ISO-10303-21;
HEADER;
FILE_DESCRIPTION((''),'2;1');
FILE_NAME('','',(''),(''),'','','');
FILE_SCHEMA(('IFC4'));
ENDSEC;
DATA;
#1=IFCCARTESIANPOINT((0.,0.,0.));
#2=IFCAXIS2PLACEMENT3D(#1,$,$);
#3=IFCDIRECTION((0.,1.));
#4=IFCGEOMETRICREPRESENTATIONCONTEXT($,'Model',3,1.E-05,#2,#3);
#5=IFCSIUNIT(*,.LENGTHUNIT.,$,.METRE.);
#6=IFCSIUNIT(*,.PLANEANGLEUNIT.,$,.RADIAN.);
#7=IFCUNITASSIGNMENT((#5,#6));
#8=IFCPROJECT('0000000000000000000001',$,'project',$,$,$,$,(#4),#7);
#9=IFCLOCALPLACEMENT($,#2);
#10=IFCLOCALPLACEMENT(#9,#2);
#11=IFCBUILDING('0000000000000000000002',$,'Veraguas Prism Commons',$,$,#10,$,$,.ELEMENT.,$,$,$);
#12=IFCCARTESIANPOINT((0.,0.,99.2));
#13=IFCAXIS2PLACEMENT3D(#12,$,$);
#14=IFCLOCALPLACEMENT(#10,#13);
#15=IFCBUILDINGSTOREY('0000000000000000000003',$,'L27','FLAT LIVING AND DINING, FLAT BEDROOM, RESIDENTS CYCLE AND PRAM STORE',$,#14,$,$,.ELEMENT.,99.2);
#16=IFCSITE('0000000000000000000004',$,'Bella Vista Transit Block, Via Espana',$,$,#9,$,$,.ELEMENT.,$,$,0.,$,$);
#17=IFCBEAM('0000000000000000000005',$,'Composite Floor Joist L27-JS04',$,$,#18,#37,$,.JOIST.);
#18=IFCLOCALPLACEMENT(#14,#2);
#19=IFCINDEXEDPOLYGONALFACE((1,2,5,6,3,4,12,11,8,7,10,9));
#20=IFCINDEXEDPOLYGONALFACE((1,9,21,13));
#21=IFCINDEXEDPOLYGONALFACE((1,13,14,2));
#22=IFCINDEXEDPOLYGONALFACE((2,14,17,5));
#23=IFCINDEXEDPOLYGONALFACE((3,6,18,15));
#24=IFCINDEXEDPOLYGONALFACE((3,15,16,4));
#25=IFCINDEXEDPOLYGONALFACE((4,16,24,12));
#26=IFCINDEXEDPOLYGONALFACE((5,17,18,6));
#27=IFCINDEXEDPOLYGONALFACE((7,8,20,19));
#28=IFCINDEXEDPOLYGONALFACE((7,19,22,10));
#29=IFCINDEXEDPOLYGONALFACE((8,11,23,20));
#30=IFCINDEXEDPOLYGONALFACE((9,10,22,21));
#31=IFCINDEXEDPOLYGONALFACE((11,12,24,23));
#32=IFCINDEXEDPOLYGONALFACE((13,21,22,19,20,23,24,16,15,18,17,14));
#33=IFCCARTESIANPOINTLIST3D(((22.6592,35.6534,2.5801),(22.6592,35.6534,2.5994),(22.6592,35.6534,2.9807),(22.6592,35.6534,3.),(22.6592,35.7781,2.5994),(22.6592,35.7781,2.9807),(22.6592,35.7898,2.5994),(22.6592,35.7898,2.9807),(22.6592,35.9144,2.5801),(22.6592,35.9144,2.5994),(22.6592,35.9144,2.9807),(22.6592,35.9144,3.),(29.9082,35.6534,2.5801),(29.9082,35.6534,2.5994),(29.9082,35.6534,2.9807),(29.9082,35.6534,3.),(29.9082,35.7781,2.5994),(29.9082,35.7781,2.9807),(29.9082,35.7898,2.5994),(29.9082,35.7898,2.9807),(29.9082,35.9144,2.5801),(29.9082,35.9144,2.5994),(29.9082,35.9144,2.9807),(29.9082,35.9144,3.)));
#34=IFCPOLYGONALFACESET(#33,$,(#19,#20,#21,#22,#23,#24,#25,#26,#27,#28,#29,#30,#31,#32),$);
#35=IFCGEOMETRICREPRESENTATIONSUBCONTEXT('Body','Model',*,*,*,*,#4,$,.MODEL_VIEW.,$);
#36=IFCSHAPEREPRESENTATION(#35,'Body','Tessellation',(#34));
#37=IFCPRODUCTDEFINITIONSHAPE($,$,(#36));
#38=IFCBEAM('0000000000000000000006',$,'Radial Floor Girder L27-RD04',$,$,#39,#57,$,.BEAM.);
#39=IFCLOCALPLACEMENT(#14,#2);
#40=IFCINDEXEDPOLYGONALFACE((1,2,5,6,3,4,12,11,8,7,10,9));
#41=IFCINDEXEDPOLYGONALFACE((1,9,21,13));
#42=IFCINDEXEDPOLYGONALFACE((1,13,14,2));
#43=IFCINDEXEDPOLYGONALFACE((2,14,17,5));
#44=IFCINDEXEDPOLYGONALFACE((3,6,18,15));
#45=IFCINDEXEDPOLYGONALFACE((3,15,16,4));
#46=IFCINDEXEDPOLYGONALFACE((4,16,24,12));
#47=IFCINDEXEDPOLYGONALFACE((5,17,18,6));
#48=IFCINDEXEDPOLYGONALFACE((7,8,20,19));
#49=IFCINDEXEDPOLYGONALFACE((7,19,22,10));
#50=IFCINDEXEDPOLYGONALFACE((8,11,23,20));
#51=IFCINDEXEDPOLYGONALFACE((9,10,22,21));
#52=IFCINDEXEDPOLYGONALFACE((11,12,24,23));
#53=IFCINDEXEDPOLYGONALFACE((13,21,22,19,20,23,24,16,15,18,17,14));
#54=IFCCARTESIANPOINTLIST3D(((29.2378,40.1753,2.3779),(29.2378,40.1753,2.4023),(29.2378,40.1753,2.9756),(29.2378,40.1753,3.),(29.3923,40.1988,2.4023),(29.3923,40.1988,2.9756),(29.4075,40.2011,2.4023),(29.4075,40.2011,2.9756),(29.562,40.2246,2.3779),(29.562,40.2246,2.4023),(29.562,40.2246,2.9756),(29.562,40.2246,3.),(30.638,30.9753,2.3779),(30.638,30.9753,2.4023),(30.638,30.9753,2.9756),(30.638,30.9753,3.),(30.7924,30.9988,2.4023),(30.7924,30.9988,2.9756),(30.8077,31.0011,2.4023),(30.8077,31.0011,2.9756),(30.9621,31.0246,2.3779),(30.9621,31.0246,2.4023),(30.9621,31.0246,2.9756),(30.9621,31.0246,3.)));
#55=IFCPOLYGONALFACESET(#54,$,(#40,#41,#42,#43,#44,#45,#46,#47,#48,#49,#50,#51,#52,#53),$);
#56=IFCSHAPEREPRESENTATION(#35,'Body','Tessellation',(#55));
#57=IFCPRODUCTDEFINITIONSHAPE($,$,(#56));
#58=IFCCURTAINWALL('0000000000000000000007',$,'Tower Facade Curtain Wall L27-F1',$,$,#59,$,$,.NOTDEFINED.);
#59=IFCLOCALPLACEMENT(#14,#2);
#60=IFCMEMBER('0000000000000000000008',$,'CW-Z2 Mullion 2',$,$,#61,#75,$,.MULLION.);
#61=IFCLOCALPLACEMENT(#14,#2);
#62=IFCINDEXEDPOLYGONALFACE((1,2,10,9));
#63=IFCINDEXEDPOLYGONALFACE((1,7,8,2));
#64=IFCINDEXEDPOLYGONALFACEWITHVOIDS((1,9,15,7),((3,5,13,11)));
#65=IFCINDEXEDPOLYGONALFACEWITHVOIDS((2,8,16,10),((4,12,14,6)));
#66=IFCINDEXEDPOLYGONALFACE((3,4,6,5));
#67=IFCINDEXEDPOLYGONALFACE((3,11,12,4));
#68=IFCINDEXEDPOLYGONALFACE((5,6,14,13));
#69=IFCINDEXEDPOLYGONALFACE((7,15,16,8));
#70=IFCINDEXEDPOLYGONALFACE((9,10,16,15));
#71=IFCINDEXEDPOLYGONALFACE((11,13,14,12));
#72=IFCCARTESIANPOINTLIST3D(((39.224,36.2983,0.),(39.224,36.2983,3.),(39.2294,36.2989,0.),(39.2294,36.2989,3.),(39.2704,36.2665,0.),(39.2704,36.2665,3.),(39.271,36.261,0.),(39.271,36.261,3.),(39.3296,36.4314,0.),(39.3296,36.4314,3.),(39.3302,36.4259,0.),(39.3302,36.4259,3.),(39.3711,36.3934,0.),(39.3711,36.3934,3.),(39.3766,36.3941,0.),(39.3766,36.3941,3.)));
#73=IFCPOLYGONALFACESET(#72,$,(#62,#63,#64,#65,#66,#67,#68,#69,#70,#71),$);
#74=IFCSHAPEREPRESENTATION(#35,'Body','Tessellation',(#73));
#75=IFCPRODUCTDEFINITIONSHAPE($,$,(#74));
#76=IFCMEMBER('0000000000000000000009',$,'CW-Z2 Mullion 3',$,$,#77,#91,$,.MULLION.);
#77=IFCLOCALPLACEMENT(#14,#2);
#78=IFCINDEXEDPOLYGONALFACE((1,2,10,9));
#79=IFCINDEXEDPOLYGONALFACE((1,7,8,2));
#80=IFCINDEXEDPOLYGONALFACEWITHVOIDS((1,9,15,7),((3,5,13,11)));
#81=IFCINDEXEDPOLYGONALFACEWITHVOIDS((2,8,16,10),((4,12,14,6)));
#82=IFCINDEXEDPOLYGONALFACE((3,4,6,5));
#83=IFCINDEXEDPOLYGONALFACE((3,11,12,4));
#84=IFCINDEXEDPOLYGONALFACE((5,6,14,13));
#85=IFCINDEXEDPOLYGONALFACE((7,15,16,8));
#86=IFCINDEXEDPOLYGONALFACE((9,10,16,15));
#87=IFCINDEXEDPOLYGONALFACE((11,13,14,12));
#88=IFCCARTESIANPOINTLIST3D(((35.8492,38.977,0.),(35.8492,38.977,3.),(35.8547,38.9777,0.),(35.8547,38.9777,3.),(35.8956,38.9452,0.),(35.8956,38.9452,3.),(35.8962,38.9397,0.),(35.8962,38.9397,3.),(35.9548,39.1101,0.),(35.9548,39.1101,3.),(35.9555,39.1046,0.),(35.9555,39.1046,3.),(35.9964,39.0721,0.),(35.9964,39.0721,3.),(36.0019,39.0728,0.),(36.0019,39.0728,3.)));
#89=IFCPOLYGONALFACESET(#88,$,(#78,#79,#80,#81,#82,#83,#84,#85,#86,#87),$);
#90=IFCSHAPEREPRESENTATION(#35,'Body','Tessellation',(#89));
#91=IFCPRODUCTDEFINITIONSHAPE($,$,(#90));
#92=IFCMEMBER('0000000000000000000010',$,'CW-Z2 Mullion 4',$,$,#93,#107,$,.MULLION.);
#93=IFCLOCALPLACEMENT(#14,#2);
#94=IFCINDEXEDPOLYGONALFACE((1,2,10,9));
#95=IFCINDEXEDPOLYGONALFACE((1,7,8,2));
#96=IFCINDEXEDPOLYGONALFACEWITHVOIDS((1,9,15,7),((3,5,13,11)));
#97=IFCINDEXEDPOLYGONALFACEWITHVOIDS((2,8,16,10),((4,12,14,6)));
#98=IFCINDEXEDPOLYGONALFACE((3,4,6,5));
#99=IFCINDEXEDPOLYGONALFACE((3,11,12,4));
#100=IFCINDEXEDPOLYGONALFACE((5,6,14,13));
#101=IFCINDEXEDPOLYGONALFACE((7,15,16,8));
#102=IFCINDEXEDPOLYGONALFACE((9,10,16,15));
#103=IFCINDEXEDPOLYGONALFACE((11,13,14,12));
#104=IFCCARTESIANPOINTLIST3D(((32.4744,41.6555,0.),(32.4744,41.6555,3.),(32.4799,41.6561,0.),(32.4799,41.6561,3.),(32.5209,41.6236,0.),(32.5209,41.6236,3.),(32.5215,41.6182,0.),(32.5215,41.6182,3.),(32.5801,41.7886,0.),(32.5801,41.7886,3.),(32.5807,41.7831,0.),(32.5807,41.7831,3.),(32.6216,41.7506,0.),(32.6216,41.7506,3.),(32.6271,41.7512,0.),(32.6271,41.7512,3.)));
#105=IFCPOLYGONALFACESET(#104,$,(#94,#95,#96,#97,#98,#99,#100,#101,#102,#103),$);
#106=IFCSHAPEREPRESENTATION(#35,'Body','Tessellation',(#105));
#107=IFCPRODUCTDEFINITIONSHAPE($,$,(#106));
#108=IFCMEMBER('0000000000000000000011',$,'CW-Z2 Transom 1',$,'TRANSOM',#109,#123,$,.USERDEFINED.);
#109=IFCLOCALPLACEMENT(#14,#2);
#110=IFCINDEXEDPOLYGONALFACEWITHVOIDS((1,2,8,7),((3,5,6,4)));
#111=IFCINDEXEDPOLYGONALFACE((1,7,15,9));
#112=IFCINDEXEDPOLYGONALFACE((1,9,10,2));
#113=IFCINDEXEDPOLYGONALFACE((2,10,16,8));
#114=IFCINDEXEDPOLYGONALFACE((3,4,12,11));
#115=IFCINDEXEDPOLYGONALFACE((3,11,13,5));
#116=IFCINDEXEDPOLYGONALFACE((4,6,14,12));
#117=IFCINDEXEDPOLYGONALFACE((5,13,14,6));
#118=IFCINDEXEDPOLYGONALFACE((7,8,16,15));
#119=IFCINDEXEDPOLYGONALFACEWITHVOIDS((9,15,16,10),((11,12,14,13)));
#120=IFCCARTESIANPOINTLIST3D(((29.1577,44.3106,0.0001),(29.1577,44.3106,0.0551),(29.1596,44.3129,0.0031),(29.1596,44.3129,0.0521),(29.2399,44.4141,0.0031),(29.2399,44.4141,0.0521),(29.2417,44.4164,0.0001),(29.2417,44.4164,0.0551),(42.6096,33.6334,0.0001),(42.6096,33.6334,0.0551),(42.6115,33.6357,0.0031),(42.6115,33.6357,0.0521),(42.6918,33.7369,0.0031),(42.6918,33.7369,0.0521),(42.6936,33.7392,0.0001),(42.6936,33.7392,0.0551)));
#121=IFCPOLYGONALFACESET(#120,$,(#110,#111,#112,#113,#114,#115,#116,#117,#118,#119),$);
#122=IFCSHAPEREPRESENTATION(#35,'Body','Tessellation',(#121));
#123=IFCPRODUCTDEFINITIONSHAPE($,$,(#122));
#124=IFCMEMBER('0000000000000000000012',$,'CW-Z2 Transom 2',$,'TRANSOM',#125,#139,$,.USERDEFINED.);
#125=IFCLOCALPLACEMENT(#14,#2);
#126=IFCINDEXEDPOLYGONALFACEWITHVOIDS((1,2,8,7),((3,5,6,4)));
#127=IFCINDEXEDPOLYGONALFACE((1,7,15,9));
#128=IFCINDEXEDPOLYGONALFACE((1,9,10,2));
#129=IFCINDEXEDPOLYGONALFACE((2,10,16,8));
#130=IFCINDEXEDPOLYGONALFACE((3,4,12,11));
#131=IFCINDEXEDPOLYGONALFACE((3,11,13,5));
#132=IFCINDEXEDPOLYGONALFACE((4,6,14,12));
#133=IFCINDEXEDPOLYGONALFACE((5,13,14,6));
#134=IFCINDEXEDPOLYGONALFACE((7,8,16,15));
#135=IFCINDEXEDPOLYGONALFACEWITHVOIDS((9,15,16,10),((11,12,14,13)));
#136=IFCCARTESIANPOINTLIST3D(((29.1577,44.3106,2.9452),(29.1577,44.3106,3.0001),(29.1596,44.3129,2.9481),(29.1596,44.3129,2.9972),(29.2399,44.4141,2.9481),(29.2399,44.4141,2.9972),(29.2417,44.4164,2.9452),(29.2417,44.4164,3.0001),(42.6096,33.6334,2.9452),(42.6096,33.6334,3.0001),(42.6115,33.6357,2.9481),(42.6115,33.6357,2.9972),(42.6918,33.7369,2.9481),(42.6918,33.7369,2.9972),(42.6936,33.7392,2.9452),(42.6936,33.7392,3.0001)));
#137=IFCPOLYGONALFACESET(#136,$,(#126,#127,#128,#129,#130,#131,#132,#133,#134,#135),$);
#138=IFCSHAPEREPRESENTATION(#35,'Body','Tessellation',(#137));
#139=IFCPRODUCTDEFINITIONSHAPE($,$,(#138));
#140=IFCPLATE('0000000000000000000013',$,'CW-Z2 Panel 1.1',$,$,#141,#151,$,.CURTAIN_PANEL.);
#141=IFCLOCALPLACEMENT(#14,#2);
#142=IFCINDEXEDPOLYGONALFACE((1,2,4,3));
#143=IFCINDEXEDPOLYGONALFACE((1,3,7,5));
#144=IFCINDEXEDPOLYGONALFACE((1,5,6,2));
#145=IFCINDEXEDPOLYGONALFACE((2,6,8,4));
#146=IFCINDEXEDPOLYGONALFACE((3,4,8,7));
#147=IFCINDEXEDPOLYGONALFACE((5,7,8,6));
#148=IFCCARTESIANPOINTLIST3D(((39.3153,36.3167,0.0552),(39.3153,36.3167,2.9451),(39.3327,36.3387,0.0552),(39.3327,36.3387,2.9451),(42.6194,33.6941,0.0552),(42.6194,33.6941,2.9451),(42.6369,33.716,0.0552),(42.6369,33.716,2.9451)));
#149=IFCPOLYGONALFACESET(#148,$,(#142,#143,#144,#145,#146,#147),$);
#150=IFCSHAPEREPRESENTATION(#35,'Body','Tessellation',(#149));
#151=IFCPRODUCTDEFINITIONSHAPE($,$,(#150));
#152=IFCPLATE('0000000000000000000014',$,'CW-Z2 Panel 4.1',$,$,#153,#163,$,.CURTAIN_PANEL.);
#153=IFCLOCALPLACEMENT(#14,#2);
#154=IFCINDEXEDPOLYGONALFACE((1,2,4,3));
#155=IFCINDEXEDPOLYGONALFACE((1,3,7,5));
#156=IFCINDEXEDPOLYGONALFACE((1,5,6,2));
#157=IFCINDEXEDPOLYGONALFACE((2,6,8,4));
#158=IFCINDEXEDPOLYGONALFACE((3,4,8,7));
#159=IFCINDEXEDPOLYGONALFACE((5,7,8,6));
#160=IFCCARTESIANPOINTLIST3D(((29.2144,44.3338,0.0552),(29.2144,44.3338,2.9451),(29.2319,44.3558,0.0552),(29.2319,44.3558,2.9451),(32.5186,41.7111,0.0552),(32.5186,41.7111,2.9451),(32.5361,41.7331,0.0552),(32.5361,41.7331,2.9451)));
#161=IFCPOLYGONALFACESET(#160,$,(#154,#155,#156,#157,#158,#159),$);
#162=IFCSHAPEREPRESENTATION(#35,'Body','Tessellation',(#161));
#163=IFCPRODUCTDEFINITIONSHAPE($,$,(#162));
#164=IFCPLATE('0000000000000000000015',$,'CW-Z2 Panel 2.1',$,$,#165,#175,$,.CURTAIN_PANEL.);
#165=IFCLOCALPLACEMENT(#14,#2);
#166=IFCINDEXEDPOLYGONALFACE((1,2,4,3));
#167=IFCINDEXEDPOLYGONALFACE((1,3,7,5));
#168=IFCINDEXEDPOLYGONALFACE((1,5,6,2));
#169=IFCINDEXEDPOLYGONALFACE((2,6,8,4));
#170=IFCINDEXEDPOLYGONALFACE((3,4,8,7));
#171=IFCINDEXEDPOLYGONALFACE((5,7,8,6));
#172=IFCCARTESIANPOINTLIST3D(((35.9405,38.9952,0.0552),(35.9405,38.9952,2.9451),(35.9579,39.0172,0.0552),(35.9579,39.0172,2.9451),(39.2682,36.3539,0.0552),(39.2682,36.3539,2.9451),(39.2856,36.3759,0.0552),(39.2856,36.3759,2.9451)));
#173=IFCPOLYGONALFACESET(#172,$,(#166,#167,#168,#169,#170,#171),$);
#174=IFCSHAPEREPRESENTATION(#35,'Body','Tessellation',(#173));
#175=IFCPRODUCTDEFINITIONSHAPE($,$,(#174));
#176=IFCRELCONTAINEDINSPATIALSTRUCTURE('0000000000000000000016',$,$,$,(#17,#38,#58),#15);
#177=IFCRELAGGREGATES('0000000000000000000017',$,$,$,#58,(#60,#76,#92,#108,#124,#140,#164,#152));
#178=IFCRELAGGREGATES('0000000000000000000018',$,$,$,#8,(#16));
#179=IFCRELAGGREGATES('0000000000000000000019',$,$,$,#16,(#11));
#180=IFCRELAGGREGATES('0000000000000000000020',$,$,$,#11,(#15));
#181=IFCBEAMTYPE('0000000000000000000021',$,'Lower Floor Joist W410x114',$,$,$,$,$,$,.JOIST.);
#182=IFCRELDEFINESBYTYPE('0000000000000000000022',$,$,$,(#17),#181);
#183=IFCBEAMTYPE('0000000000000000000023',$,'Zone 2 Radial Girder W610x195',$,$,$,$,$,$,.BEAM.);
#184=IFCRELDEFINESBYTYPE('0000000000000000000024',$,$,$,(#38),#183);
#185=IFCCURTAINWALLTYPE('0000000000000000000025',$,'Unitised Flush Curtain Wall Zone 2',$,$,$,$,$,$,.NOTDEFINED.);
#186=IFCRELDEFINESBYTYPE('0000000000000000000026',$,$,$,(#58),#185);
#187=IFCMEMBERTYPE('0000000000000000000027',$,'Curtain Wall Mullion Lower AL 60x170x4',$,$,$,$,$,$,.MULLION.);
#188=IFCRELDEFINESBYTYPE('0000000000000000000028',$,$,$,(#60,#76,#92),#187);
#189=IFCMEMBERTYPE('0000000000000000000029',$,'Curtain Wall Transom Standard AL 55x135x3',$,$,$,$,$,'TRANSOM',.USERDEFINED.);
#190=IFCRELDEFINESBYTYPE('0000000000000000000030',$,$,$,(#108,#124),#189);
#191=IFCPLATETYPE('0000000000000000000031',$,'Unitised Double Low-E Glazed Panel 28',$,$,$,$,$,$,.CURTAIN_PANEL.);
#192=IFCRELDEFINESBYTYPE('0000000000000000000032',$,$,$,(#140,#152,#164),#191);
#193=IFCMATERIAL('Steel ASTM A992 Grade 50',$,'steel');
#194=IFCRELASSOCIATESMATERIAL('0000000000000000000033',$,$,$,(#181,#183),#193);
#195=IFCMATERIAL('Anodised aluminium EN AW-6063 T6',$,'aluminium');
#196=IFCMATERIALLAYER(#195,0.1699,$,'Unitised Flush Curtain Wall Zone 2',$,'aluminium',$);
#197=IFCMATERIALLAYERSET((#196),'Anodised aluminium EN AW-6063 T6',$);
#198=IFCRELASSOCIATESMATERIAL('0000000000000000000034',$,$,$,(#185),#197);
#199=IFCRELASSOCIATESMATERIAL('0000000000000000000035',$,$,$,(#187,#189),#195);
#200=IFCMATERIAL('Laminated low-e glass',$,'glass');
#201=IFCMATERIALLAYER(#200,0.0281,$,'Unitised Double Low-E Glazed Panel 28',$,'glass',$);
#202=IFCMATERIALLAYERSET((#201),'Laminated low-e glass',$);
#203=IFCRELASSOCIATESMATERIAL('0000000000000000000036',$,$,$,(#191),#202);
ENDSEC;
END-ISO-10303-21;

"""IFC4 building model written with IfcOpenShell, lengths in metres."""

from ifc_helpers import new_model, si_unit, direction, frame, origin, origin_2d, place, context, subcontext, project, spatial, rectangle, hollow_rectangle, i_section, extrude, source, transform, mapped, material, layer, layer_set, material_profile, profile_set, type_object, element, aggregate, save


model = new_model("IFC4")

# Units and contexts
model_context = context("Model", 3, precision=1e-05, world=origin(), true_north=direction((0.0, 1.0)))
body_context = subcontext(model_context, "Body", "Model", "MODEL_VIEW")
ifc_project = project(units=[si_unit("LENGTHUNIT", "METRE"), si_unit("PLANEANGLEUNIT", "RADIAN")], contexts=[model_context])

# Site, building, storey
site_placement = place(None, origin())
site = spatial("IfcSite", under=ifc_project, at=site_placement, Name="Bella Vista Transit Block, Via Espana", CompositionType="ELEMENT", RefElevation=0.0)
building_placement = place(site_placement, origin())
building = spatial("IfcBuilding", under=site, at=building_placement, Name="Veraguas Prism Commons", CompositionType="ELEMENT")
storey_placement = place(building_placement, frame((0.0, 0.0, 99.2)))
storey = spatial("IfcBuildingStorey", under=building, at=storey_placement, Name="L27", Description="FLAT LIVING AND DINING, FLAT BEDROOM, RESIDENTS CYCLE AND PRAM STORE", CompositionType="ELEMENT", Elevation=99.2)

# Beams
ifc_material_1 = material(Name="Steel ASTM A992 Grade 50", Category="steel")
ifc_material_profile_1 = material_profile(ifc_material_1, i_section(OverallWidth=0.261, OverallDepth=0.4199, WebThickness=0.0117, FlangeThickness=0.0193, at=origin_2d()), Name="W410X114")
ifc_profile_set_1 = profile_set([ifc_material_profile_1], Name="Steel ASTM A992 Grade 50")
beam_type_1 = type_object("IfcBeamType", Name="Lower Floor Joist W410x114", PredefinedType="JOIST", material=ifc_profile_set_1)
beam_1_placement = place(storey_placement, frame((29.9082, 35.7839, 2.79), z_axis=(-1.0, 0.0, 0.0), x_axis=(0.0, -1.0, 0.0)))
element("IfcBeam", 1, at=beam_1_placement, inside=storey, type_object=beam_type_1, Name="Composite Floor Joist L27-JS04", PredefinedType="JOIST", context=body_context, shape_type="SweptSolid", body=[
    extrude(i_section(OverallWidth=0.261, OverallDepth=0.4199, WebThickness=0.0117, FlangeThickness=0.0193, at=origin_2d()), origin(), (0.0, 0.0, 1.0), 7.249),
])
ifc_material_profile_2 = material_profile(ifc_material_1, i_section(OverallWidth=0.3279, OverallDepth=0.6221, WebThickness=0.0154, FlangeThickness=0.0244, at=origin_2d()), Name="W610X195")
ifc_profile_set_2 = profile_set([ifc_material_profile_2], Name="Steel ASTM A992 Grade 50")
beam_type_2 = type_object("IfcBeamType", Name="Zone 2 Radial Girder W610x195", PredefinedType="BEAM", material=ifc_profile_set_2)
beam_2_placement = place(storey_placement, frame((29.3999, 40.2, 2.689), z_axis=(0.150458, -0.988616, 0.0), x_axis=(0.988616, 0.150458, 0.0)))
element("IfcBeam", 2, at=beam_2_placement, inside=storey, type_object=beam_type_2, Name="Radial Floor Girder L27-RD04", PredefinedType="BEAM", context=body_context, shape_type="SweptSolid", body=[
    extrude(i_section(OverallWidth=0.3279, OverallDepth=0.6221, WebThickness=0.0154, FlangeThickness=0.0244, at=origin_2d()), origin(), (0.0, 0.0, 1.0), 9.3059),
])

# Curtain wall, members, plates
ifc_material_2 = material(Name="Anodised aluminium EN AW-6063 T6", Category="aluminium")
ifc_layer_1 = layer(ifc_material_2, 0.1699, Name="Unitised Flush Curtain Wall Zone 2", Category="aluminium")
ifc_layer_set_1 = layer_set([ifc_layer_1], Name="Anodised aluminium EN AW-6063 T6")
curtain_wall_type = type_object("IfcCurtainWallType", Name="Unitised Flush Curtain Wall Zone 2", PredefinedType="NOTDEFINED", material=ifc_layer_set_1)
curtain_wall_placement = place(storey_placement, origin())
curtain_wall = element("IfcCurtainWall", 3, at=curtain_wall_placement, inside=storey, type_object=curtain_wall_type, Name="Tower Facade Curtain Wall L27-F1", PredefinedType="NOTDEFINED")
ifc_material_profile_3 = material_profile(ifc_material_2, hollow_rectangle(XDim=0.0601, YDim=0.1699, WallThickness=0.0039, at=origin_2d()), Name="AL60X170X4")
ifc_profile_set_3 = profile_set([ifc_material_profile_3], Name="Anodised aluminium EN AW-6063 T6")
member_type_1 = type_object("IfcMemberType", Name="Curtain Wall Mullion Lower AL 60x170x4", PredefinedType="MULLION", material=ifc_profile_set_3)
shared_shape_1 = source(origin(), body_context, "Body", "SweptSolid", [
    extrude(hollow_rectangle(XDim=0.0601, YDim=0.1699, WallThickness=0.0039, at=origin_2d()), origin(), (0.0, 0.0, 1.0), 3.0),
])
member_1_placement = place(storey_placement, frame((39.3003, 36.3462, 0.0), z_axis=(0.0, 0.0, 1.0), x_axis=(-0.783261, 0.621693, 0.0)))
member_1 = element("IfcMember", 4, at=member_1_placement, type_object=member_type_1, Name="CW-Z2 Mullion 2", PredefinedType="MULLION", context=body_context, shape_type="MappedRepresentation", body=[
    mapped(shared_shape_1, transform((0.0, 0.0, 0.0), scale=1.0)),
])
member_2_placement = place(storey_placement, frame((35.9255, 39.0249, 0.0), z_axis=(0.0, 0.0, 1.0), x_axis=(-0.783261, 0.621693, 0.0)))
member_2 = element("IfcMember", 5, at=member_2_placement, type_object=member_type_1, Name="CW-Z2 Mullion 3", PredefinedType="MULLION", context=body_context, shape_type="MappedRepresentation", body=[
    mapped(shared_shape_1, transform((0.0, 0.0, 0.0), scale=1.0)),
])
member_3_placement = place(storey_placement, frame((32.5508, 41.7034, 0.0), z_axis=(0.0, 0.0, 1.0), x_axis=(-0.783261, 0.621693, 0.0)))
member_3 = element("IfcMember", 6, at=member_3_placement, type_object=member_type_1, Name="CW-Z2 Mullion 4", PredefinedType="MULLION", context=body_context, shape_type="MappedRepresentation", body=[
    mapped(shared_shape_1, transform((0.0, 0.0, 0.0), scale=1.0)),
])
ifc_material_profile_4 = material_profile(ifc_material_2, hollow_rectangle(XDim=0.0549, YDim=0.135, WallThickness=0.0029, at=origin_2d()), Name="AL55X135X3")
ifc_profile_set_4 = profile_set([ifc_material_profile_4], Name="Anodised aluminium EN AW-6063 T6")
member_type_2 = type_object("IfcMemberType", Name="Curtain Wall Transom Standard AL 55x135x3", ElementType="TRANSOM", PredefinedType="USERDEFINED", material=ifc_profile_set_4)
shared_shape_2 = source(origin(), body_context, "Body", "SweptSolid", [
    extrude(hollow_rectangle(XDim=0.0549, YDim=0.135, WallThickness=0.0029, at=origin_2d()), origin(), (0.0, 0.0, 1.0), 17.1743),
])
member_4_placement = place(storey_placement, frame((42.6516, 33.6863, 0.0276), z_axis=(-0.783257, 0.621698, 0.0), x_axis=(0.0, 0.0, 1.0)))
member_4 = element("IfcMember", 7, at=member_4_placement, type_object=member_type_2, Name="CW-Z2 Transom 1", ObjectType="TRANSOM", PredefinedType="USERDEFINED", context=body_context, shape_type="MappedRepresentation", body=[
    mapped(shared_shape_2, transform((0.0, 0.0, 0.0), scale=1.0)),
])
member_5_placement = place(storey_placement, frame((42.6516, 33.6863, 2.9727), z_axis=(-0.783257, 0.621698, 0.0), x_axis=(0.0, 0.0, 1.0)))
member_5 = element("IfcMember", 8, at=member_5_placement, type_object=member_type_2, Name="CW-Z2 Transom 2", ObjectType="TRANSOM", PredefinedType="USERDEFINED", context=body_context, shape_type="MappedRepresentation", body=[
    mapped(shared_shape_2, transform((0.0, 0.0, 0.0), scale=1.0)),
])
ifc_material_3 = material(Name="Laminated low-e glass", Category="glass")
ifc_layer_2 = layer(ifc_material_3, 0.0281, Name="Unitised Double Low-E Glazed Panel 28", Category="glass")
ifc_layer_set_2 = layer_set([ifc_layer_2], Name="Laminated low-e glass")
plate_type = type_object("IfcPlateType", Name="Unitised Double Low-E Glazed Panel 28", PredefinedType="CURTAIN_PANEL", material=ifc_layer_set_2)
shared_shape_3 = source(origin(), body_context, "Body", "SweptSolid", [
    extrude(rectangle(XDim=4.2185, YDim=0.0281, at=origin_2d()), origin(), (0.0, 0.0, 1.0), 2.8899),
])
plate_1_placement = place(storey_placement, frame((40.9761, 35.0164, 0.0552), z_axis=(0.0, 0.0, 1.0), x_axis=(-0.783261, 0.621693, 0.0)))
plate_1 = element("IfcPlate", 9, at=plate_1_placement, type_object=plate_type, Name="CW-Z2 Panel 1.1", PredefinedType="CURTAIN_PANEL", context=body_context, shape_type="MappedRepresentation", body=[
    mapped(shared_shape_3, transform((0.0, 0.0, 0.0), scale=1.0)),
])
plate_2_placement = place(storey_placement, frame((30.8752, 43.0334, 0.0552), z_axis=(0.0, 0.0, 1.0), x_axis=(-0.783261, 0.621693, 0.0)))
plate_2 = element("IfcPlate", 10, at=plate_2_placement, type_object=plate_type, Name="CW-Z2 Panel 4.1", PredefinedType="CURTAIN_PANEL", context=body_context, shape_type="MappedRepresentation", body=[
    mapped(shared_shape_3, transform((0.0, 0.0, 0.0), scale=1.0)),
])
shared_shape_4 = source(origin(), body_context, "Body", "SweptSolid", [
    extrude(rectangle(XDim=4.2485, YDim=0.0281, at=origin_2d()), origin(), (0.0, 0.0, 1.0), 2.8899),
])
plate_3_placement = place(storey_placement, frame((37.613, 37.6855, 0.0552), z_axis=(0.0, 0.0, 1.0), x_axis=(-0.783261, 0.621693, 0.0)))
plate_3 = element("IfcPlate", 11, at=plate_3_placement, type_object=plate_type, Name="CW-Z2 Panel 2.1", PredefinedType="CURTAIN_PANEL", context=body_context, shape_type="MappedRepresentation", body=[
    mapped(shared_shape_4, transform((0.0, 0.0, 0.0), scale=1.0)),
])
aggregate(curtain_wall, [member_1, member_2, member_3, member_4, member_5, plate_1, plate_3, plate_2])

save(model, "model.ifc")
